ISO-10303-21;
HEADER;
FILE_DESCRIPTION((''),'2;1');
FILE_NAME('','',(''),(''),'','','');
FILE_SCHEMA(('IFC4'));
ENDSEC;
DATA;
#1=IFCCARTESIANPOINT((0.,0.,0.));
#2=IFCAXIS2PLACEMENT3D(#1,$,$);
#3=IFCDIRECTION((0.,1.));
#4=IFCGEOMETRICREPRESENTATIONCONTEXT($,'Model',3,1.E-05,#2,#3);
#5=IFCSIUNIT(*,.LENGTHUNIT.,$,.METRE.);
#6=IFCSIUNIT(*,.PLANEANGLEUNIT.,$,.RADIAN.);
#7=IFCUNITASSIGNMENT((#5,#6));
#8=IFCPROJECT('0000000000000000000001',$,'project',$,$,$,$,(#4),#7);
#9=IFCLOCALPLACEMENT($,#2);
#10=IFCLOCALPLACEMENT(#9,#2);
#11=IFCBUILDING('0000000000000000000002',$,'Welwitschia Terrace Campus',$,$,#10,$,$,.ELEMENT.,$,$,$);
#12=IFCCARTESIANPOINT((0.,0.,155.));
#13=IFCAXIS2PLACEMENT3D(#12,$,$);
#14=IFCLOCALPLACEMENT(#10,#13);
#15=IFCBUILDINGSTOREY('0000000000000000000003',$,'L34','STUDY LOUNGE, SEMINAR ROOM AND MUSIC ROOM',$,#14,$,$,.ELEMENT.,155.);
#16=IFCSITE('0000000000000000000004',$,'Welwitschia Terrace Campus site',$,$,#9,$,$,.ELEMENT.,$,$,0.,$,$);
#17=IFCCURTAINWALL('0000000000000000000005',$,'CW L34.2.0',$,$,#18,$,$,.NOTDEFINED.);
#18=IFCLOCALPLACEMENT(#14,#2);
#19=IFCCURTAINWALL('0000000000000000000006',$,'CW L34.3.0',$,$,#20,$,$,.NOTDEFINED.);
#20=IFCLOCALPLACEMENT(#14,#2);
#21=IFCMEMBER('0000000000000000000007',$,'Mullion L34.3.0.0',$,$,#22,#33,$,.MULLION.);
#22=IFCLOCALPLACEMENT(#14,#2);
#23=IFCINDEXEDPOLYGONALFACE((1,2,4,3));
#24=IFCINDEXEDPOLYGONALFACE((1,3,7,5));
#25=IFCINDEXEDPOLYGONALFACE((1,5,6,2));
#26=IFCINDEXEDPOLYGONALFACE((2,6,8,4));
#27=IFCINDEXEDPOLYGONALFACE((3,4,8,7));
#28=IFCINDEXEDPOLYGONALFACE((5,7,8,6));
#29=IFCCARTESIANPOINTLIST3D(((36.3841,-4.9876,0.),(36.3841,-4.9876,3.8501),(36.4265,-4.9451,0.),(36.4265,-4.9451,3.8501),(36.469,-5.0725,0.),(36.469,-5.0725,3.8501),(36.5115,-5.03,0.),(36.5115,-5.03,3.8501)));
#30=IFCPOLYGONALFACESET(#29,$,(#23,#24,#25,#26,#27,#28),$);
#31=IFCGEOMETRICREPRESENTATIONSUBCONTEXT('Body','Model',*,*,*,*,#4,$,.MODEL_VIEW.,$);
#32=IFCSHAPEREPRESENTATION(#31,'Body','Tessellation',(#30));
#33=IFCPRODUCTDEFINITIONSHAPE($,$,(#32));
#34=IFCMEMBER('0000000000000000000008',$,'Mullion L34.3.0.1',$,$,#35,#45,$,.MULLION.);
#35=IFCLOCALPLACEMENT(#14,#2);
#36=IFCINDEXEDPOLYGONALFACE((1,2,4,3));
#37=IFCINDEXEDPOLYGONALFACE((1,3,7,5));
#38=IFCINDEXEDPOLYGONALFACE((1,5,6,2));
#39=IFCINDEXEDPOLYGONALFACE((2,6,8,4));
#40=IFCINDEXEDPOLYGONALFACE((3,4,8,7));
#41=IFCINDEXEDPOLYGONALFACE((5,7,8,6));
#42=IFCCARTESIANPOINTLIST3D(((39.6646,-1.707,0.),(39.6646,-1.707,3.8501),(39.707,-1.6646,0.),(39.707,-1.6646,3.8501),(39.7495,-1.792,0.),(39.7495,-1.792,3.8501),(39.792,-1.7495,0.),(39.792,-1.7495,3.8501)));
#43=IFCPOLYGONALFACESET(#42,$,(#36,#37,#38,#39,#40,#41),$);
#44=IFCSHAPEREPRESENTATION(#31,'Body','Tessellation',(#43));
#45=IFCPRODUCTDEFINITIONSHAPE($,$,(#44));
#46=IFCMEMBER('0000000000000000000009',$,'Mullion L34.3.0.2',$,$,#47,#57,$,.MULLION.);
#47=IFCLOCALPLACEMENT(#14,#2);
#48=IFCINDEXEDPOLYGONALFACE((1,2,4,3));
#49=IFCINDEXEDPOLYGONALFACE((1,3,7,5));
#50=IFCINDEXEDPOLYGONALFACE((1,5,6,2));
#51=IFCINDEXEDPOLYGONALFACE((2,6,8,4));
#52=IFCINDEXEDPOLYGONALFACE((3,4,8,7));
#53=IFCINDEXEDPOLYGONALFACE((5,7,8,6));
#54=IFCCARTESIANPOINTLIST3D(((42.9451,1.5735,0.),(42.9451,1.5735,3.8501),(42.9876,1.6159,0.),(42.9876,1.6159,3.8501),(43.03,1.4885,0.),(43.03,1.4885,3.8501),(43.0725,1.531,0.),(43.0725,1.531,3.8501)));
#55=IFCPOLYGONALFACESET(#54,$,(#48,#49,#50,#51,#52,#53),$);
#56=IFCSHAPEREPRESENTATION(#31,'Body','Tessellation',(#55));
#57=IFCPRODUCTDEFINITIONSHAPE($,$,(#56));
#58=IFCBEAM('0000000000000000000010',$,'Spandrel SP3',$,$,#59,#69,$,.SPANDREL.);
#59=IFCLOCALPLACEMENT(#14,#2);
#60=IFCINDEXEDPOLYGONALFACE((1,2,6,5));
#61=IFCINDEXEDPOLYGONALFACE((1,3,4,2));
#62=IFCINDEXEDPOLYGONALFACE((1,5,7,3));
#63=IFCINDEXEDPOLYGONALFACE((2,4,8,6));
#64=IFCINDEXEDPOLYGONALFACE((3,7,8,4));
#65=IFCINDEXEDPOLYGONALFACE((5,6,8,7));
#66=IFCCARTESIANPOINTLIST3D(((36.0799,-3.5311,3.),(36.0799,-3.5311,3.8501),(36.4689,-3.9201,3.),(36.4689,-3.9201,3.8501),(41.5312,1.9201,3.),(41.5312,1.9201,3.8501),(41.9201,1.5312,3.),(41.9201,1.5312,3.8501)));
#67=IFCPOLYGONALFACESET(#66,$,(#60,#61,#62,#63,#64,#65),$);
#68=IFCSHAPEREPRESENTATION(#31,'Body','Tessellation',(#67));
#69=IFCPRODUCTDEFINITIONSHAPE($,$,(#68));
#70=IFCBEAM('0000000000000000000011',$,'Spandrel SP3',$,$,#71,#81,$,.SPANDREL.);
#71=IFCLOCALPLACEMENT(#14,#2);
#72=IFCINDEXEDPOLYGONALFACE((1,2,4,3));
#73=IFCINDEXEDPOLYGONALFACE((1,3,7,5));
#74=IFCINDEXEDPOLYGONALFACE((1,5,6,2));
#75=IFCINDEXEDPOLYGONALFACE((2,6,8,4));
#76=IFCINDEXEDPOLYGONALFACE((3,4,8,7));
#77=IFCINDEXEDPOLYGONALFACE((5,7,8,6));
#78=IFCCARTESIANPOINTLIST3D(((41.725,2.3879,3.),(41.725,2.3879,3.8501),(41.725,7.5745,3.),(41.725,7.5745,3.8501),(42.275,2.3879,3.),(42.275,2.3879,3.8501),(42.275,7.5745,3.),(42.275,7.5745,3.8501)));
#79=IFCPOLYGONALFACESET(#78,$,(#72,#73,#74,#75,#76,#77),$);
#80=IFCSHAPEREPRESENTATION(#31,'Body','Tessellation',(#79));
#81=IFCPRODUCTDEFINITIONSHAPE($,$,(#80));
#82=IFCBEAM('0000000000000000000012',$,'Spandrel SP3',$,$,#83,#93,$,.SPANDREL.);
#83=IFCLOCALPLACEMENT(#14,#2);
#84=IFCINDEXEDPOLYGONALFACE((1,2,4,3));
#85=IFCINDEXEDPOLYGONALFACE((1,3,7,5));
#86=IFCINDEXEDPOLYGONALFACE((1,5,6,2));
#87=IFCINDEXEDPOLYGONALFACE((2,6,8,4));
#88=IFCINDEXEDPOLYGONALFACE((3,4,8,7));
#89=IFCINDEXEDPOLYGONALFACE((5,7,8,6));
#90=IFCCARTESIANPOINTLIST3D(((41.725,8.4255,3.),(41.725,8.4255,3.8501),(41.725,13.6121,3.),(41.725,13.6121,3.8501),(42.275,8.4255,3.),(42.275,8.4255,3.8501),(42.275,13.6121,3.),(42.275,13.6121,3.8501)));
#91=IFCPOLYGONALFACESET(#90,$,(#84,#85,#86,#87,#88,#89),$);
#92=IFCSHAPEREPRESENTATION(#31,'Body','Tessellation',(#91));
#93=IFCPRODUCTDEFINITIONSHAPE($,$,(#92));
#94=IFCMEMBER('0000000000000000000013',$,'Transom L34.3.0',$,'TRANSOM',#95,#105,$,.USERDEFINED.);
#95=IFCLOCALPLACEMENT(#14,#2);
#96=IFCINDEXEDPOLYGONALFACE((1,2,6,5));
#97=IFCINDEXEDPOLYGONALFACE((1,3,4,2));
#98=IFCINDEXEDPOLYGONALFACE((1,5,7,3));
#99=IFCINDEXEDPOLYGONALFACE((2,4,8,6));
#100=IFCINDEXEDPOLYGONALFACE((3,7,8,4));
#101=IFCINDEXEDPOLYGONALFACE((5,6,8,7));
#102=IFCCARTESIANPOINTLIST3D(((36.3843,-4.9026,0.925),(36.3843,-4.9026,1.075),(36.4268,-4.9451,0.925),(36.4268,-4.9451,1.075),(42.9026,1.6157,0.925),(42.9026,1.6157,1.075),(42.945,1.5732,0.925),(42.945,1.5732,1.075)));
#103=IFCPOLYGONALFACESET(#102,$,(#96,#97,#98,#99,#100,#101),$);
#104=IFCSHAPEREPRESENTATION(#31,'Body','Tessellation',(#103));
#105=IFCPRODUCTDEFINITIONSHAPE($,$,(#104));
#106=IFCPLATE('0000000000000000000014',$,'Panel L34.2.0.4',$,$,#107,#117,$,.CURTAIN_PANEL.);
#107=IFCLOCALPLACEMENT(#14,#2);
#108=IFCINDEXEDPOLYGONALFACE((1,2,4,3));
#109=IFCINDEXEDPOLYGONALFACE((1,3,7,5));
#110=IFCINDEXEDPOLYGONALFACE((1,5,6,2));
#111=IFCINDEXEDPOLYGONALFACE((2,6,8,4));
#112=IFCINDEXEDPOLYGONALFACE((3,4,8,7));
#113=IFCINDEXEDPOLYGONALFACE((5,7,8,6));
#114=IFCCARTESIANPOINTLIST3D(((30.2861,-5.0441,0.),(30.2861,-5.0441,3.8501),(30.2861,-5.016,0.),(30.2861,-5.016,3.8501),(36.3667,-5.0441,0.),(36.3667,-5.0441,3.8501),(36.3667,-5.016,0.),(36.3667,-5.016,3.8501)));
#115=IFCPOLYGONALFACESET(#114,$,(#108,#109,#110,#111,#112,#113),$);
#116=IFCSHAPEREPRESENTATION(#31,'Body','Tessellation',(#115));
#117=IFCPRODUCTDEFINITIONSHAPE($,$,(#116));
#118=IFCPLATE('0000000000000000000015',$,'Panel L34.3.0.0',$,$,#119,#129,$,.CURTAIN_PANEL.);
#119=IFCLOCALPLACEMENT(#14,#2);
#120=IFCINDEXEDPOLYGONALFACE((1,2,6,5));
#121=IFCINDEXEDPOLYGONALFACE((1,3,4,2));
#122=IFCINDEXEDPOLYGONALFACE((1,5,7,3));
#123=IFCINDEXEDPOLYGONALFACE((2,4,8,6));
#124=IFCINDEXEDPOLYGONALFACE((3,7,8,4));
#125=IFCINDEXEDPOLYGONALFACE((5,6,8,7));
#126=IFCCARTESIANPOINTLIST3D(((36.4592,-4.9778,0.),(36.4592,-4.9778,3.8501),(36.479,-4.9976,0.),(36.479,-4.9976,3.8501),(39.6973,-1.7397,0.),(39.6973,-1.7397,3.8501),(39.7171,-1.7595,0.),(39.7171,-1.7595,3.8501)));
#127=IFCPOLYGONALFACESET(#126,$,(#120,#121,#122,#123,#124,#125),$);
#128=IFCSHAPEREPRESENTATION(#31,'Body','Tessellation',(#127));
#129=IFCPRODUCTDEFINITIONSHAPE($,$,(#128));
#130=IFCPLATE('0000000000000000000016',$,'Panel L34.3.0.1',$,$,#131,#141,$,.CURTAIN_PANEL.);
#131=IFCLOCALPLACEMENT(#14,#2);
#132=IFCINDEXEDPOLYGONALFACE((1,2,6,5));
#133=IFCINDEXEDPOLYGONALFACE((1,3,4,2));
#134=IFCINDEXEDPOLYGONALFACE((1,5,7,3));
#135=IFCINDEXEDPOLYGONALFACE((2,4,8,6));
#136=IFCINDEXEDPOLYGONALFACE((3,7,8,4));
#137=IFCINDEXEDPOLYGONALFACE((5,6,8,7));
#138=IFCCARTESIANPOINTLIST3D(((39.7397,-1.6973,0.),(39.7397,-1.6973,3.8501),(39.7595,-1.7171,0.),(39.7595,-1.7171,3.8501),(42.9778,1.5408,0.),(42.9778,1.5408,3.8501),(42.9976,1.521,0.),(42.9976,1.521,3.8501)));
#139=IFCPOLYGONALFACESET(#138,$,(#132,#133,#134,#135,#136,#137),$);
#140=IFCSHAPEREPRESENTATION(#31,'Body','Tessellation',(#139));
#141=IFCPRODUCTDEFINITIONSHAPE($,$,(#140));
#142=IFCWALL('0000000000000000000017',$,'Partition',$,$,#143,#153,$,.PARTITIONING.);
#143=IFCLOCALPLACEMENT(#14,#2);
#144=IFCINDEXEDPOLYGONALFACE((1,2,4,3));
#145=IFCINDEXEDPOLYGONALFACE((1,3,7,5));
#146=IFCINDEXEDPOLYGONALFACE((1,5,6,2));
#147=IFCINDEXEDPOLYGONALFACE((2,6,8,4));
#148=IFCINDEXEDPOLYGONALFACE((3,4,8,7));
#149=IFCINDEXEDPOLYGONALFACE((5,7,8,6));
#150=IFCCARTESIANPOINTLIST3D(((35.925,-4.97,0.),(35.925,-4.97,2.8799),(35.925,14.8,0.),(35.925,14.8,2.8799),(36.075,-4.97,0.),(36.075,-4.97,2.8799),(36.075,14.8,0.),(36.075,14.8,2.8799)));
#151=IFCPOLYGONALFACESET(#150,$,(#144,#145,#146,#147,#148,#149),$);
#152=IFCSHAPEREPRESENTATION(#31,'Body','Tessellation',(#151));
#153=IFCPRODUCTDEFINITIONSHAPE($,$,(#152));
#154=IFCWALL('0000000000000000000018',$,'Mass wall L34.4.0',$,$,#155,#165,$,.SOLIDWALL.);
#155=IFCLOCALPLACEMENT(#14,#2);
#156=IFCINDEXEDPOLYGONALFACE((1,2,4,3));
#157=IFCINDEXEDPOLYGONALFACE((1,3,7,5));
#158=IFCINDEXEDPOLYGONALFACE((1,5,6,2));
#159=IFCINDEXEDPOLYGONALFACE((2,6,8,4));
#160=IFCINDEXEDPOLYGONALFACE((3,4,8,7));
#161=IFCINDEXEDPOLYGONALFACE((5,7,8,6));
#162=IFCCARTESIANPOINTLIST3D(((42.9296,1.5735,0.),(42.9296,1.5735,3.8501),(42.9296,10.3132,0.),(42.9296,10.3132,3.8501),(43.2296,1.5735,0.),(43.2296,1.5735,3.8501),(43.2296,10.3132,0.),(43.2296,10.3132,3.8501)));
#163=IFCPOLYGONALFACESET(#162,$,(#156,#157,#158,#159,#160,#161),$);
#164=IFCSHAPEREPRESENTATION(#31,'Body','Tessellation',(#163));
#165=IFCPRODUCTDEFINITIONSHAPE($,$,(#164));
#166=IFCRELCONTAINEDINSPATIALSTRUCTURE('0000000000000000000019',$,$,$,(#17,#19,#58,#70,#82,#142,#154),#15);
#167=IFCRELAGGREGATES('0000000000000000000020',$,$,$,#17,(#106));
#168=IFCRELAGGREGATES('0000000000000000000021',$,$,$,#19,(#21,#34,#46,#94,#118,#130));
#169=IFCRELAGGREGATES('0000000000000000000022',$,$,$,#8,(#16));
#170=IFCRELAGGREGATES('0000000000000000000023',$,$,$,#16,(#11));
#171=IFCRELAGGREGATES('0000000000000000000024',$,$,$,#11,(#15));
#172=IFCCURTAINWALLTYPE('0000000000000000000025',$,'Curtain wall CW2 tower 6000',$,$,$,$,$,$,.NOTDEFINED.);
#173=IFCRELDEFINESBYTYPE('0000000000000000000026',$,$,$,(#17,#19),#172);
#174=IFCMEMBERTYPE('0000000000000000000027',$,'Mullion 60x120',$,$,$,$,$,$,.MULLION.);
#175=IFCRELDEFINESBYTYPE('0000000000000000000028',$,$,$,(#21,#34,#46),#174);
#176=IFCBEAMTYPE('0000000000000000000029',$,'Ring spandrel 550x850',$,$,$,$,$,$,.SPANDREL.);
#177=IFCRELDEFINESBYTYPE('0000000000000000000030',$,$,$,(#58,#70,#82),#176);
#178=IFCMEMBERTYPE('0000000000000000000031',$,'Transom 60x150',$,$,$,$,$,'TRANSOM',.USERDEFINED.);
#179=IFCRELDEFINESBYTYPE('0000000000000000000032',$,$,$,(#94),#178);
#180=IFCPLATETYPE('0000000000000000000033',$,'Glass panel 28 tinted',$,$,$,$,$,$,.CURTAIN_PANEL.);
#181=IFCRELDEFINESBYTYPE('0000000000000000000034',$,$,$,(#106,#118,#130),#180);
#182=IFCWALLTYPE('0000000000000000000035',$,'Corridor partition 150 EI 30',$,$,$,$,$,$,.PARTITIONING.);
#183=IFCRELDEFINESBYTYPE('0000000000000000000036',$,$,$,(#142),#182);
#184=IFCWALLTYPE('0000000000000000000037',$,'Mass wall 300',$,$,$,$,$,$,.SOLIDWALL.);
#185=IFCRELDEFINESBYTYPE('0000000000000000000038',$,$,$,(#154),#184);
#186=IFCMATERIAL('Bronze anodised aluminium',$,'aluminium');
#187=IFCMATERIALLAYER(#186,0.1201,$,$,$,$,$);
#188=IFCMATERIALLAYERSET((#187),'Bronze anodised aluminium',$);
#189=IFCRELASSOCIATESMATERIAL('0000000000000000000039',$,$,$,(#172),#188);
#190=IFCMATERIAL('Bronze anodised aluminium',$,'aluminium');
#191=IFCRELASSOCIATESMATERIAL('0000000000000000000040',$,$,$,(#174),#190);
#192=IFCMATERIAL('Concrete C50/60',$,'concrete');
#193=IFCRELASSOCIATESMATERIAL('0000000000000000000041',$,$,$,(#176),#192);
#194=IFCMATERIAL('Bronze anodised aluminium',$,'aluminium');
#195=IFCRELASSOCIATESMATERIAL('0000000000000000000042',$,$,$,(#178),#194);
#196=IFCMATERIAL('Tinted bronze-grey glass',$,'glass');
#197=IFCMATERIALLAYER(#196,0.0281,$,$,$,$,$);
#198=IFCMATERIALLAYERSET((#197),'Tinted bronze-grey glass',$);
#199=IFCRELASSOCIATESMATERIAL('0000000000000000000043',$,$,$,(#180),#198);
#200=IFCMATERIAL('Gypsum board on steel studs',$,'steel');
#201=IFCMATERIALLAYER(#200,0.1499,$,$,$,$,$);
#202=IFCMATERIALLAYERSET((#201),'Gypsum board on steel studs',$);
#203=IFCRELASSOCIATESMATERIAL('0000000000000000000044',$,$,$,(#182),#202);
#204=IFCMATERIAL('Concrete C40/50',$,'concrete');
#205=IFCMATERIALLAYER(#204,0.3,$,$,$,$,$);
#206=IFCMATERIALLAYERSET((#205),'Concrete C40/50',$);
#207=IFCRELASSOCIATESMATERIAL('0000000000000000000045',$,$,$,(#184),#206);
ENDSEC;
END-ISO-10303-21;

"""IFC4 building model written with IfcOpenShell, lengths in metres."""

from ifc_helpers import new_model, si_unit, direction, frame, frame_2d, origin, origin_2d, place, context, subcontext, project, spatial, rectangle, extrude, material, layer, layer_set, material_profile, profile_set, type_object, element, aggregate, save


model = new_model("IFC4")

# Units and contexts
model_context = context("Model", 3, precision=1e-05, world=origin(), true_north=direction((0.0, 1.0)))
body_context = subcontext(model_context, "Body", "Model", "MODEL_VIEW")
ifc_project = project(units=[si_unit("LENGTHUNIT", "METRE"), si_unit("PLANEANGLEUNIT", "RADIAN")], contexts=[model_context])

# Site, building, storey
site_placement = place(None, origin())
site = spatial("IfcSite", under=ifc_project, at=site_placement, Name="Welwitschia Terrace Campus site", CompositionType="ELEMENT", RefElevation=0.0)
building_placement = place(site_placement, origin())
building = spatial("IfcBuilding", under=site, at=building_placement, Name="Welwitschia Terrace Campus", CompositionType="ELEMENT")
storey_placement = place(building_placement, frame((0.0, 0.0, 155.0)))
storey = spatial("IfcBuildingStorey", under=building, at=storey_placement, Name="L34", Description="STUDY LOUNGE, SEMINAR ROOM AND MUSIC ROOM", CompositionType="ELEMENT", Elevation=155.0)

# Curtain wall
ifc_material_1 = material(Name="Bronze anodised aluminium", Category="aluminium")
ifc_layer_1 = layer(ifc_material_1, 0.1201)
ifc_layer_set_1 = layer_set([ifc_layer_1], Name="Bronze anodised aluminium")
curtain_wall_type = type_object("IfcCurtainWallType", Name="Curtain wall CW2 tower 6000", PredefinedType="NOTDEFINED", material=ifc_layer_set_1)
curtain_wall_1_placement = place(storey_placement, origin())
curtain_wall_1 = element("IfcCurtainWall", 1, at=curtain_wall_1_placement, inside=storey, type_object=curtain_wall_type, Name="CW L34.2.0", PredefinedType="NOTDEFINED")
ifc_material_2 = material(Name="Bronze anodised aluminium", Category="aluminium")
ifc_material_profile_1 = material_profile(ifc_material_2, rectangle(XDim=0.1201, YDim=0.0601, at=origin_2d()))
ifc_profile_set_1 = profile_set([ifc_material_profile_1], Name="Bronze anodised aluminium")
member_type_1 = type_object("IfcMemberType", Name="Mullion 60x120", PredefinedType="MULLION", material=ifc_profile_set_1)

# Curtain wall, members
curtain_wall_2_placement = place(storey_placement, origin())
curtain_wall_2 = element("IfcCurtainWall", 2, at=curtain_wall_2_placement, inside=storey, type_object=curtain_wall_type, Name="CW L34.3.0", PredefinedType="NOTDEFINED")
member_1_placement = place(storey_placement, frame((36.4478, -5.0088, 0.0), z_axis=(0.0, 0.0, 1.0), x_axis=(-0.707107, 0.707107, 0.0)))
member_1 = element("IfcMember", 3, at=member_1_placement, type_object=member_type_1, Name="Mullion L34.3.0.0", PredefinedType="MULLION", context=body_context, shape_type="SweptSolid", body=[
    extrude(rectangle(XDim=0.1201, YDim=0.0601, at=origin_2d()), origin(), (0.0, 0.0, 1.0), 3.8501),
])
member_2_placement = place(storey_placement, frame((39.7283, -1.7283, 0.0), z_axis=(0.0, 0.0, 1.0), x_axis=(-0.707107, 0.707107, 0.0)))
member_2 = element("IfcMember", 4, at=member_2_placement, type_object=member_type_1, Name="Mullion L34.3.0.1", PredefinedType="MULLION", context=body_context, shape_type="SweptSolid", body=[
    extrude(rectangle(XDim=0.1201, YDim=0.0601, at=origin_2d()), origin(), (0.0, 0.0, 1.0), 3.8501),
])
member_3_placement = place(storey_placement, frame((43.0088, 1.5522, 0.0), z_axis=(0.0, 0.0, 1.0), x_axis=(-0.707107, 0.707107, 0.0)))
member_3 = element("IfcMember", 5, at=member_3_placement, type_object=member_type_1, Name="Mullion L34.3.0.2", PredefinedType="MULLION", context=body_context, shape_type="SweptSolid", body=[
    extrude(rectangle(XDim=0.1201, YDim=0.0601, at=origin_2d()), origin(), (0.0, 0.0, 1.0), 3.8501),
])

# Beams
ifc_material_3 = material(Name="Concrete C50/60", Category="concrete")
ifc_material_profile_2 = material_profile(ifc_material_3, rectangle(XDim=0.55, YDim=0.8501, at=origin_2d()))
ifc_profile_set_2 = profile_set([ifc_material_profile_2], Name="Concrete C50/60")
beam_type_1 = type_object("IfcBeamType", Name="Ring spandrel 550x850", PredefinedType="SPANDREL", material=ifc_profile_set_2)
beam_1_placement = place(storey_placement, frame((36.2744, -3.7256, 3.425), z_axis=(0.707107, 0.707107, 0.0), x_axis=(-0.707107, 0.707107, 0.0)))
element("IfcBeam", 6, at=beam_1_placement, inside=storey, type_object=beam_type_1, Name="Spandrel SP3", PredefinedType="SPANDREL", context=body_context, shape_type="SweptSolid", body=[
    extrude(rectangle(XDim=0.55, YDim=0.8501, at=origin_2d()), origin(), (0.0, 0.0, 1.0), 7.7092),
])
for number, where, z_axis, x_axis, name in (
    (7, (42.0, 2.3879, 3.425), (0.0, 1.0, 0.0), (-1.0, 0.0, 0.0), "Spandrel SP3"),
    (8, (42.0, 8.4255, 3.425), (0.0, 1.0, 0.0), (-1.0, 0.0, 0.0), "Spandrel SP3"),
):
    element("IfcBeam", number, at=place(storey_placement, frame(where, z_axis=z_axis, x_axis=x_axis)), inside=storey, type_object=beam_type_1, Name=name, PredefinedType="SPANDREL", context=body_context, shape_type="SweptSolid", body=[
        extrude(rectangle(XDim=0.55, YDim=0.8501, at=origin_2d()), origin(), (0.0, 0.0, 1.0), 5.1865),
    ])

# Member
ifc_material_4 = material(Name="Bronze anodised aluminium", Category="aluminium")
ifc_material_profile_3 = material_profile(ifc_material_4, rectangle(XDim=0.0601, YDim=0.1499, at=origin_2d()))
ifc_profile_set_3 = profile_set([ifc_material_profile_3], Name="Bronze anodised aluminium")
member_type_2 = type_object("IfcMemberType", Name="Transom 60x150", ElementType="TRANSOM", PredefinedType="USERDEFINED", material=ifc_profile_set_3)
member_4_placement = place(storey_placement, frame((36.4055, -4.9238, 1.0), z_axis=(0.707107, 0.707107, 0.0), x_axis=(-0.707107, 0.707107, 0.0)))
member_4 = element("IfcMember", 9, at=member_4_placement, type_object=member_type_2, Name="Transom L34.3.0", ObjectType="TRANSOM", PredefinedType="USERDEFINED", context=body_context, shape_type="SweptSolid", body=[
    extrude(rectangle(XDim=0.0601, YDim=0.1499, at=origin_2d()), origin(), (0.0, 0.0, 1.0), 9.2183),
])

# Plates
ifc_material_5 = material(Name="Tinted bronze-grey glass", Category="glass")
ifc_layer_2 = layer(ifc_material_5, 0.0281)
ifc_layer_set_2 = layer_set([ifc_layer_2], Name="Tinted bronze-grey glass")
plate_type = type_object("IfcPlateType", Name="Glass panel 28 tinted", PredefinedType="CURTAIN_PANEL", material=ifc_layer_set_2)
plate_1_placement = place(storey_placement, frame((33.3264, -5.03, 0.0), z_axis=(0.0, 0.0, 1.0), x_axis=(1.0, 0.0, 0.0)))
plate_1 = element("IfcPlate", 10, at=plate_1_placement, type_object=plate_type, Name="Panel L34.2.0.4", PredefinedType="CURTAIN_PANEL", context=body_context, shape_type="SweptSolid", body=[
    extrude(rectangle(XDim=6.0806, YDim=0.0281, at=origin_2d()), origin(), (0.0, 0.0, 1.0), 3.8501),
])
aggregate(curtain_wall_1, [plate_1])
plate_2_placement = place(storey_placement, frame((38.0881, -3.3687, 0.0), z_axis=(0.0, 0.0, 1.0), x_axis=(0.707107, 0.707107, 0.0)))
plate_2 = element("IfcPlate", 11, at=plate_2_placement, type_object=plate_type, Name="Panel L34.3.0.0", PredefinedType="CURTAIN_PANEL", context=body_context, shape_type="SweptSolid", body=[
    extrude(rectangle(XDim=4.5793, YDim=0.0281, at=origin_2d()), origin(), (0.0, 0.0, 1.0), 3.8501),
])
plate_3_placement = place(storey_placement, frame((41.3687, -0.0881, 0.0), z_axis=(0.0, 0.0, 1.0), x_axis=(0.707107, 0.707107, 0.0)))
plate_3 = element("IfcPlate", 12, at=plate_3_placement, type_object=plate_type, Name="Panel L34.3.0.1", PredefinedType="CURTAIN_PANEL", context=body_context, shape_type="SweptSolid", body=[
    extrude(rectangle(XDim=4.5793, YDim=0.0281, at=origin_2d()), origin(), (0.0, 0.0, 1.0), 3.8501),
])
aggregate(curtain_wall_2, [member_1, member_2, member_3, member_4, plate_2, plate_3])

# Walls
ifc_material_6 = material(Name="Gypsum board on steel studs", Category="steel")
ifc_layer_3 = layer(ifc_material_6, 0.1499)
ifc_layer_set_3 = layer_set([ifc_layer_3], Name="Gypsum board on steel studs")
wall_type_1 = type_object("IfcWallType", Name="Corridor partition 150 EI 30", PredefinedType="PARTITIONING", material=ifc_layer_set_3)
wall_1_placement = place(storey_placement, frame((36.0, -4.97, 0.0), z_axis=(0.0, 0.0, 1.0), x_axis=(0.0, 1.0, 0.0)))
element("IfcWall", 13, at=wall_1_placement, inside=storey, type_object=wall_type_1, Name="Partition", PredefinedType="PARTITIONING", context=body_context, shape_type="SweptSolid", body=[
    extrude(rectangle(XDim=19.77, YDim=0.1499, at=frame_2d((9.885, 0.0))), origin(), (0.0, 0.0, 1.0), 2.8799),
])
ifc_material_7 = material(Name="Concrete C40/50", Category="concrete")
ifc_layer_4 = layer(ifc_material_7, 0.3)
ifc_layer_set_4 = layer_set([ifc_layer_4], Name="Concrete C40/50")
wall_type_2 = type_object("IfcWallType", Name="Mass wall 300", PredefinedType="SOLIDWALL", material=ifc_layer_set_4)
wall_2_placement = place(storey_placement, frame((43.0796, 1.5735, 0.0), z_axis=(0.0, 0.0, 1.0), x_axis=(0.0, 1.0, 0.0)))
element("IfcWall", 14, at=wall_2_placement, inside=storey, type_object=wall_type_2, Name="Mass wall L34.4.0", PredefinedType="SOLIDWALL", context=body_context, shape_type="SweptSolid", body=[
    extrude(rectangle(XDim=8.7397, YDim=0.3, at=frame_2d((4.3699, 0.0))), origin(), (0.0, 0.0, 1.0), 3.8501),
])

save(model, "model.ifc")
